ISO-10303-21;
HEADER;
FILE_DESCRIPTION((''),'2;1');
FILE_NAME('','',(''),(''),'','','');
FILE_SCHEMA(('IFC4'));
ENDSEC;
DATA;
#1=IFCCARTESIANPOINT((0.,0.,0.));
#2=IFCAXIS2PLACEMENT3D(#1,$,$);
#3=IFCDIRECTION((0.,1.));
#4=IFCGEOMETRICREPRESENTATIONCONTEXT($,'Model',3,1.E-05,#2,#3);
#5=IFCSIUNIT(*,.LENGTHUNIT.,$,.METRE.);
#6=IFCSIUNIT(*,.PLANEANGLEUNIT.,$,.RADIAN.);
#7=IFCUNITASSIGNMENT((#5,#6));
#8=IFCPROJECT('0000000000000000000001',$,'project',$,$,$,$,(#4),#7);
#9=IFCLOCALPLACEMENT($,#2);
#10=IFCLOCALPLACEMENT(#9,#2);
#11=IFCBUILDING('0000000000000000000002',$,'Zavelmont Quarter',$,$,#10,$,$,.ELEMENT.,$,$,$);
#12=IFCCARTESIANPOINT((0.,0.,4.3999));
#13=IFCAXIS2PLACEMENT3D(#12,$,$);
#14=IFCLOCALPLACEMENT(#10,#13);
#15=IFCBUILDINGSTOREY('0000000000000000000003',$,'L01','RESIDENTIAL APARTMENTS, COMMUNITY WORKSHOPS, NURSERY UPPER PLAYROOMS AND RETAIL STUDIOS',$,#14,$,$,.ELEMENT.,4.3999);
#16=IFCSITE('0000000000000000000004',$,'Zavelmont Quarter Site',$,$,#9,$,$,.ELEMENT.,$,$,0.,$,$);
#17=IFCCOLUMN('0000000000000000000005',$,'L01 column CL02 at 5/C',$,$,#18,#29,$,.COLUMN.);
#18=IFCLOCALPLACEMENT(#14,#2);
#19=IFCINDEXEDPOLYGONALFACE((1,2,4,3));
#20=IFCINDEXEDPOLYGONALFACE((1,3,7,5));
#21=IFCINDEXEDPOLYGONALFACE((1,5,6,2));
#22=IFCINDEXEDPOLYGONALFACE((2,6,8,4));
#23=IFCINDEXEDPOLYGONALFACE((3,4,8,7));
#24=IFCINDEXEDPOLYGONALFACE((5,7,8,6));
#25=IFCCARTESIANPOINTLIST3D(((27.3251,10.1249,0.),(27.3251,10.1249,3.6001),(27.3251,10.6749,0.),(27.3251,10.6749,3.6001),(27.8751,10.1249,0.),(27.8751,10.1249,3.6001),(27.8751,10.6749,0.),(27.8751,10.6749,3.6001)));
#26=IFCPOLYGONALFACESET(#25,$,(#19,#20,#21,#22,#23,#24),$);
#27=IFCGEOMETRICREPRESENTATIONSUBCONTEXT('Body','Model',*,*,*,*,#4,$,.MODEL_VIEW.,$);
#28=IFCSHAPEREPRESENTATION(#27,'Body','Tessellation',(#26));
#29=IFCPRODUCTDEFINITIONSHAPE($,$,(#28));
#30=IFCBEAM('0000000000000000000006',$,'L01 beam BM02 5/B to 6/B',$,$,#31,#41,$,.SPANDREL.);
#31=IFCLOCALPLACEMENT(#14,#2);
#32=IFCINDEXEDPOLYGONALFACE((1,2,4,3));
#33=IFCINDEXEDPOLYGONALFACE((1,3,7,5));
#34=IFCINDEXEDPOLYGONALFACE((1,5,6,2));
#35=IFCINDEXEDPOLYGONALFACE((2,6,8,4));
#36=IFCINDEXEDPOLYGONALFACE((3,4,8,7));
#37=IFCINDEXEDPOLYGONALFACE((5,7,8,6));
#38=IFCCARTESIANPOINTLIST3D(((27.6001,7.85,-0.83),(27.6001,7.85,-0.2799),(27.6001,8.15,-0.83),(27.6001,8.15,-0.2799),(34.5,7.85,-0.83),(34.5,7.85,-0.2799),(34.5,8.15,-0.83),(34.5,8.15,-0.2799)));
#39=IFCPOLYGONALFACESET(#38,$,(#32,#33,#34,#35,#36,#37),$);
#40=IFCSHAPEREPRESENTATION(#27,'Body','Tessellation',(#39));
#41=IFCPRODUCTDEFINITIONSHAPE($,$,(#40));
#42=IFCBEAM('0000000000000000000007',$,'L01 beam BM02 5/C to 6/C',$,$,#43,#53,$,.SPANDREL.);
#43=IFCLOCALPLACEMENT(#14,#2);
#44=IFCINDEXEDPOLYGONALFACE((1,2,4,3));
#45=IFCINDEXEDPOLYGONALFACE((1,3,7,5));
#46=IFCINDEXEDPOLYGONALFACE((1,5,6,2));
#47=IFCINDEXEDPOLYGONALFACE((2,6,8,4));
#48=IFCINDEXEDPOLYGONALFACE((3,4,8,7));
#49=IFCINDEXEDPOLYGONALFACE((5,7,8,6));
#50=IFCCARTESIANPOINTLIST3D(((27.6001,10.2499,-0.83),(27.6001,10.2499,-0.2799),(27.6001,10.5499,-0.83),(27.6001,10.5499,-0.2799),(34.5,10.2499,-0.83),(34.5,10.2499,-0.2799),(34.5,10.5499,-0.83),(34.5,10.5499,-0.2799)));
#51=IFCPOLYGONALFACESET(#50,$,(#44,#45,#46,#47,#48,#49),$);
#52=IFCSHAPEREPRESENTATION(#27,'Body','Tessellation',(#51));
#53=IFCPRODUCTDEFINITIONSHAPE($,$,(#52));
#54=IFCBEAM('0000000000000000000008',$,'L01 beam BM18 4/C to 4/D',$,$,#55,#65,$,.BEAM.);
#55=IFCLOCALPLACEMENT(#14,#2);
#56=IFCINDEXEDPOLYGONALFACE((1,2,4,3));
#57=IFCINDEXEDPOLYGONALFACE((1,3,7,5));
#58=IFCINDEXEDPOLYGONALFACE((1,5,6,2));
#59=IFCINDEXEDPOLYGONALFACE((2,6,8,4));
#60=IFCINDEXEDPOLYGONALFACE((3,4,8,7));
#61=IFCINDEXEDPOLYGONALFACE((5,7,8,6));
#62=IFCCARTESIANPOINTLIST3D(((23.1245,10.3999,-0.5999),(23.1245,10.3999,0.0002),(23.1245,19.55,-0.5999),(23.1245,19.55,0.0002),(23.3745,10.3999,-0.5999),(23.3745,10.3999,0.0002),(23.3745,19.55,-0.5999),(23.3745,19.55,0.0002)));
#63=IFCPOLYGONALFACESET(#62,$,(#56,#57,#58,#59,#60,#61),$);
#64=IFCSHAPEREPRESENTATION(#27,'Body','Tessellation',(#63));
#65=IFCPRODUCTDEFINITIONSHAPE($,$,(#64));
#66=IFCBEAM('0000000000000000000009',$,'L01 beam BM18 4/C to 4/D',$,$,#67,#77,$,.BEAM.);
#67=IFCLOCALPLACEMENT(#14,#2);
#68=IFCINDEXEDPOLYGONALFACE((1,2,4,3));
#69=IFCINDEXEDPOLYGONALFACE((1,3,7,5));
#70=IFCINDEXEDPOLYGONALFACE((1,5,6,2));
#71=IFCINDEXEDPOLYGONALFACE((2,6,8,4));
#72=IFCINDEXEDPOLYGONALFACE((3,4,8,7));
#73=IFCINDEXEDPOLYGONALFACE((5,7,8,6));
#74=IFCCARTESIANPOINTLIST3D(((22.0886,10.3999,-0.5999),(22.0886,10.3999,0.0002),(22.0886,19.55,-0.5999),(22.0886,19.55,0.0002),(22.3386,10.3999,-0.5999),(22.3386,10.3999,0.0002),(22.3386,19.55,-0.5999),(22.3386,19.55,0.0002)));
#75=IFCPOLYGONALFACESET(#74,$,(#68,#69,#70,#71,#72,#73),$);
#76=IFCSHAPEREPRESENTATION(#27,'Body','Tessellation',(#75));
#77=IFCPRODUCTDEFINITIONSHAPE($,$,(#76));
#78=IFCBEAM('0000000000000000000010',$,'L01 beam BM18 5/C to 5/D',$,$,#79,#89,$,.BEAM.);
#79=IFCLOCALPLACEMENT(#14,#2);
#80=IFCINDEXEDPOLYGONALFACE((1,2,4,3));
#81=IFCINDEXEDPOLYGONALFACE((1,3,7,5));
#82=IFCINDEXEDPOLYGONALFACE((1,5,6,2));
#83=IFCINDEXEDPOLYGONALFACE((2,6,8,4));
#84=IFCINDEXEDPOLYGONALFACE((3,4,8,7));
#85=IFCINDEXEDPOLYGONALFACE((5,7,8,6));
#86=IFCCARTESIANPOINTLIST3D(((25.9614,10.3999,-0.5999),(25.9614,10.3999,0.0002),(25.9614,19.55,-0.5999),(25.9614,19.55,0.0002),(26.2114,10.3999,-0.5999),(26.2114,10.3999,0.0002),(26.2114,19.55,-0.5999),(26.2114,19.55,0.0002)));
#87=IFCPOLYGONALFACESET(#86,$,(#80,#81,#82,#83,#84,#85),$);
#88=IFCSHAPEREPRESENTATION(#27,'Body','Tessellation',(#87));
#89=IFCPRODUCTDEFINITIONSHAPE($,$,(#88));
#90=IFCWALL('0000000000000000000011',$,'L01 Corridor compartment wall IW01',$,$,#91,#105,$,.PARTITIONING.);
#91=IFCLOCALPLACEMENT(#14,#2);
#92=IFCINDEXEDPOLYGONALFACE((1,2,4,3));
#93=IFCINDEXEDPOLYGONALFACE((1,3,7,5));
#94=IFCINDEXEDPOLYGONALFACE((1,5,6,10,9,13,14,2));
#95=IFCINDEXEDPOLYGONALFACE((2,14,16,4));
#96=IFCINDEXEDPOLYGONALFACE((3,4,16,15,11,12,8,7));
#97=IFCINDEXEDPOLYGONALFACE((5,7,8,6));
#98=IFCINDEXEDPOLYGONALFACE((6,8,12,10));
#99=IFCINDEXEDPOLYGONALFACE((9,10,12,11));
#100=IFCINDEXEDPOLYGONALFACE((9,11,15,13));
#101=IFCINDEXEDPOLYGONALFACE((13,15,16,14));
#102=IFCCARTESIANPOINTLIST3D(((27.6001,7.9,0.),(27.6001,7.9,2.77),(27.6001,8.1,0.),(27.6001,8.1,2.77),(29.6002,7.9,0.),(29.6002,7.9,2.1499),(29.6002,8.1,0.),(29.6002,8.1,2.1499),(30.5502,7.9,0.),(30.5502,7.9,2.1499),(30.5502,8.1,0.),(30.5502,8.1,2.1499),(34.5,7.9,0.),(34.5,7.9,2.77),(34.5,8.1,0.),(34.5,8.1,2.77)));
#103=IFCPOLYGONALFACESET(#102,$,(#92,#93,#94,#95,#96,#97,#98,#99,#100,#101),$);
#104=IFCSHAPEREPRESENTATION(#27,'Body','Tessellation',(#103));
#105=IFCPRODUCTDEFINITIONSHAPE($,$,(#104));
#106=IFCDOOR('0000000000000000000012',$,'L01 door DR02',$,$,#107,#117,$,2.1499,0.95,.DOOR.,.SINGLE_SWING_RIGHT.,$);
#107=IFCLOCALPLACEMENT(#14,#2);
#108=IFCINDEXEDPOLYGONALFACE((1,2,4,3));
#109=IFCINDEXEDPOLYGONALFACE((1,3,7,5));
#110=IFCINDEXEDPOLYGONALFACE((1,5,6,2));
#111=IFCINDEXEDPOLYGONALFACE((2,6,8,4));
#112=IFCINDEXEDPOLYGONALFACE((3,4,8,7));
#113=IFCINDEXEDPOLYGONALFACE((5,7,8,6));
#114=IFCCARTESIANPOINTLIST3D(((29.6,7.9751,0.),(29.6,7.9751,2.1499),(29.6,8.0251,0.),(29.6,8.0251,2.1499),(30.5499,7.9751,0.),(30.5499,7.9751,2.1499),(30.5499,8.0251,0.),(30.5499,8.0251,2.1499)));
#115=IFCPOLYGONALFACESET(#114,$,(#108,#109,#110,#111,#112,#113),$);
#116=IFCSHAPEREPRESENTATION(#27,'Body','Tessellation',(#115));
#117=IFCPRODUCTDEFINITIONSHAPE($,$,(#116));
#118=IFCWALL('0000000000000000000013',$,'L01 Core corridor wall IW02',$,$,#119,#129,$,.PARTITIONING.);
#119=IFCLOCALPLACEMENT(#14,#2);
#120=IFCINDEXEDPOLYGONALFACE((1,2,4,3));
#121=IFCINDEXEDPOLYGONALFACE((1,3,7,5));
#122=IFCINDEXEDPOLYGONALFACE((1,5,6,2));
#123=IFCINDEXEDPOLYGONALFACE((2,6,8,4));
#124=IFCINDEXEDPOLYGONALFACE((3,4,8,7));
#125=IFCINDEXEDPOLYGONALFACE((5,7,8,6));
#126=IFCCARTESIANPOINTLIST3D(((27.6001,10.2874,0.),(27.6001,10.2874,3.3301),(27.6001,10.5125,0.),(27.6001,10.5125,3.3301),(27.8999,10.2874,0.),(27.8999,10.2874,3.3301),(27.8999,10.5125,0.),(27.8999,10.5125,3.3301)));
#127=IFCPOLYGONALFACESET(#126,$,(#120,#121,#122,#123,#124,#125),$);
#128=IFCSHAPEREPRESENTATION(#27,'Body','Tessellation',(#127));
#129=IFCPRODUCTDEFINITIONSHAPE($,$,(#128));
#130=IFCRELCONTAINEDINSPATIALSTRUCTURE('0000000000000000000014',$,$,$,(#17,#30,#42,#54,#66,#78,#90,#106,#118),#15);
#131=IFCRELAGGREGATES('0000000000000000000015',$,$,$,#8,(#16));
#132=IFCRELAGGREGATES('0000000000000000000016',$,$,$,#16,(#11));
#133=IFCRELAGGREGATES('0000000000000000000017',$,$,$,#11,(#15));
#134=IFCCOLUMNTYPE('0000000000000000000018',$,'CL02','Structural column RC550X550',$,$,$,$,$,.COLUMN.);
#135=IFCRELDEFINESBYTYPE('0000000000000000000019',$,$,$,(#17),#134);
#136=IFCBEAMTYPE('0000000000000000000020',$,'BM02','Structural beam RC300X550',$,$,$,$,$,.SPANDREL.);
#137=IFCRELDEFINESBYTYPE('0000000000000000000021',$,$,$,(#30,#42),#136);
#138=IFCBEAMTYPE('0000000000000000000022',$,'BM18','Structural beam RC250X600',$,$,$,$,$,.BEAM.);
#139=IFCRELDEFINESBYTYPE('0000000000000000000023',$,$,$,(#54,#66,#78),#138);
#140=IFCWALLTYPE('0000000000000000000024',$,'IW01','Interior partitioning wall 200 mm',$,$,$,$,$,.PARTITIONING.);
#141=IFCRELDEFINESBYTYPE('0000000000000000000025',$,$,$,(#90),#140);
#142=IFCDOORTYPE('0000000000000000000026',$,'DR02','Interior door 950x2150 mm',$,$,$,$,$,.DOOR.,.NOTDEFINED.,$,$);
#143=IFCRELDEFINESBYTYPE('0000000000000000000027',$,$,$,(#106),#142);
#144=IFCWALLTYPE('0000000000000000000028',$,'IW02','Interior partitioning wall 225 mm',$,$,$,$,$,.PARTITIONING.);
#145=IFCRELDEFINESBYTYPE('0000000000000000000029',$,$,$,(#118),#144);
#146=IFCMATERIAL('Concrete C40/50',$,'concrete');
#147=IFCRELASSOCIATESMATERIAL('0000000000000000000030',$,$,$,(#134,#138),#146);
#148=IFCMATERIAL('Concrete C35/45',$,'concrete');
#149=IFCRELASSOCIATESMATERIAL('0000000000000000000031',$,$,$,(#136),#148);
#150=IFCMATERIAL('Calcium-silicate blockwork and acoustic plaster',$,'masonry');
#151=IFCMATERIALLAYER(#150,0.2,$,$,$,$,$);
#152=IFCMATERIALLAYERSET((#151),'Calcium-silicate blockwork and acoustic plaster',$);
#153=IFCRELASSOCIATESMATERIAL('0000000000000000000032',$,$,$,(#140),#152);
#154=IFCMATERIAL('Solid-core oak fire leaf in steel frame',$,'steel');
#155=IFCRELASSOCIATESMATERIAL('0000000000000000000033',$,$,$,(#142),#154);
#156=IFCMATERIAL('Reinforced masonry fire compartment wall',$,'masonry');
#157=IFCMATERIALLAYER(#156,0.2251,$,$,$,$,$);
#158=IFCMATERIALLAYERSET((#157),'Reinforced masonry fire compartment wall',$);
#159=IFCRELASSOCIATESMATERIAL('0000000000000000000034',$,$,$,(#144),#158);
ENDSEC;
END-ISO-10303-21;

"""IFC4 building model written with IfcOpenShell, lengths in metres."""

from ifc_helpers import new_model, si_unit, direction, frame, frame_2d, origin, origin_2d, place, context, subcontext, project, spatial, rectangle, extrude, material, layer, layer_set, material_profile, profile_set, type_object, element, fill, save


model = new_model("IFC4")

# Units and contexts
model_context = context("Model", 3, precision=1e-05, world=origin(), true_north=direction((0.0, 1.0)))
body_context = subcontext(model_context, "Body", "Model", "MODEL_VIEW")
ifc_project = project(units=[si_unit("LENGTHUNIT", "METRE"), si_unit("PLANEANGLEUNIT", "RADIAN")], contexts=[model_context])

# Site, building, storey
site_placement = place(None, origin())
site = spatial("IfcSite", under=ifc_project, at=site_placement, Name="Zavelmont Quarter Site", CompositionType="ELEMENT", RefElevation=0.0)
building_placement = place(site_placement, origin())
building = spatial("IfcBuilding", under=site, at=building_placement, Name="Zavelmont Quarter", CompositionType="ELEMENT")
storey_placement = place(building_placement, frame((0.0, 0.0, 4.3999)))
storey = spatial("IfcBuildingStorey", under=building, at=storey_placement, Name="L01", Description="RESIDENTIAL APARTMENTS, COMMUNITY WORKSHOPS, NURSERY UPPER PLAYROOMS AND RETAIL STUDIOS", CompositionType="ELEMENT", Elevation=4.3999)

# Column
ifc_material_1 = material(Name="Concrete C40/50", Category="concrete")
ifc_material_profile_1 = material_profile(ifc_material_1, rectangle(XDim=0.55, YDim=0.55, at=origin_2d()), Name="RC550X550")
ifc_profile_set_1 = profile_set([ifc_material_profile_1], Name="Concrete C40/50")
column_type = type_object("IfcColumnType", Name="CL02", Description="Structural column RC550X550", PredefinedType="COLUMN", material=ifc_profile_set_1)
column_placement = place(storey_placement, frame((27.6001, 10.3999, 0.0), z_axis=(0.0, 0.0, 1.0), x_axis=(1.0, 0.0, 0.0)))
element("IfcColumn", 1, at=column_placement, inside=storey, type_object=column_type, Name="L01 column CL02 at 5/C", PredefinedType="COLUMN", context=body_context, shape_type="SweptSolid", body=[
    extrude(rectangle(XDim=0.55, YDim=0.55, at=origin_2d()), origin(), (0.0, 0.0, 1.0), 3.6001),
])

# Beams
ifc_material_2 = material(Name="Concrete C35/45", Category="concrete")
ifc_material_profile_2 = material_profile(ifc_material_2, rectangle(XDim=0.3, YDim=0.55, at=origin_2d()), Name="RC300X550")
ifc_profile_set_2 = profile_set([ifc_material_profile_2], Name="Concrete C35/45")
beam_type_1 = type_object("IfcBeamType", Name="BM02", Description="Structural beam RC300X550", PredefinedType="SPANDREL", material=ifc_profile_set_2)
for number, where, z_axis, x_axis, name in (
    (2, (27.6001, 8.0, -0.5549), (1.0, 0.0, 0.0), (0.0, 1.0, 0.0), "L01 beam BM02 5/B to 6/B"),
    (3, (27.6001, 10.3999, -0.5549), (1.0, 0.0, 0.0), (0.0, 1.0, 0.0), "L01 beam BM02 5/C to 6/C"),
):
    element("IfcBeam", number, at=place(storey_placement, frame(where, z_axis=z_axis, x_axis=x_axis)), inside=storey, type_object=beam_type_1, Name=name, PredefinedType="SPANDREL", context=body_context, shape_type="SweptSolid", body=[
        extrude(rectangle(XDim=0.3, YDim=0.55, at=origin_2d()), origin(), (0.0, 0.0, 1.0), 6.8999),
    ])
ifc_material_profile_3 = material_profile(ifc_material_1, rectangle(XDim=0.25, YDim=0.6001, at=origin_2d()), Name="RC250X600")
ifc_profile_set_3 = profile_set([ifc_material_profile_3], Name="Concrete C40/50")
beam_type_2 = type_object("IfcBeamType", Name="BM18", Description="Structural beam RC250X600", PredefinedType="BEAM", material=ifc_profile_set_3)
for number, where, z_axis, x_axis, name in (
    (4, (23.2495, 10.3999, -0.2998), (0.0, 1.0, 0.0), (-1.0, 0.0, 0.0), "L01 beam BM18 4/C to 4/D"),
    (5, (22.2136, 10.3999, -0.2998), (0.0, 1.0, 0.0), (-1.0, 0.0, 0.0), "L01 beam BM18 4/C to 4/D"),
    (6, (26.0864, 10.3999, -0.2998), (0.0, 1.0, 0.0), (-1.0, 0.0, 0.0), "L01 beam BM18 5/C to 5/D"),
):
    element("IfcBeam", number, at=place(storey_placement, frame(where, z_axis=z_axis, x_axis=x_axis)), inside=storey, type_object=beam_type_2, Name=name, PredefinedType="BEAM", context=body_context, shape_type="SweptSolid", body=[
        extrude(rectangle(XDim=0.25, YDim=0.6001, at=origin_2d()), origin(), (0.0, 0.0, 1.0), 9.1501),
    ])

# Wall, opening, door
ifc_material_3 = material(Name="Calcium-silicate blockwork and acoustic plaster", Category="masonry")
ifc_layer_1 = layer(ifc_material_3, 0.2)
ifc_layer_set_1 = layer_set([ifc_layer_1], Name="Calcium-silicate blockwork and acoustic plaster")
wall_type_1 = type_object("IfcWallType", Name="IW01", Description="Interior partitioning wall 200 mm", PredefinedType="PARTITIONING", material=ifc_layer_set_1)
wall_1_placement = place(storey_placement, frame((27.6001, 8.0, 0.0), z_axis=(0.0, 0.0, 1.0), x_axis=(1.0, 0.0, 0.0)))
wall_1 = element("IfcWall", 7, at=wall_1_placement, inside=storey, type_object=wall_type_1, Name="L01 Corridor compartment wall IW01", PredefinedType="PARTITIONING", context=body_context, shape_type="SweptSolid", body=[
    extrude(rectangle(XDim=6.8999, YDim=0.2, at=frame_2d((3.45, 0.0))), origin(), (0.0, 0.0, 1.0), 2.77),
])
opening_1_placement = place(wall_1_placement, frame((2.0, 0.0, 0.0)))
opening_1 = element("IfcOpeningElement", 8, at=opening_1_placement, cuts=wall_1, PredefinedType="OPENING", context=body_context, shape_type="SweptSolid", body=[
    extrude(rectangle(XDim=0.95, YDim=2.1499, at=frame_2d((0.4751, 1.075))), frame((0.0, 0.1118, 0.0), z_axis=(0.0, -1.0, 0.0), x_axis=(1.0, 0.0, 0.0)), (0.0, 0.0, 1.0), 0.2239),
])
ifc_material_4 = material(Name="Solid-core oak fire leaf in steel frame", Category="steel")
door_type_1 = type_object("IfcDoorType", Name="DR02", Description="Interior door 950x2150 mm", OperationType="NOTDEFINED", PredefinedType="DOOR", material=ifc_material_4)
door_1_placement = place(opening_1_placement, frame((0.95, 0.0, 0.0), z_axis=(0.0, 0.0, 1.0), x_axis=(-1.0, 0.0, 0.0)))
door_1 = element("IfcDoor", 9, at=door_1_placement, inside=storey, type_object=door_type_1, Name="L01 door DR02", OperationType="SINGLE_SWING_RIGHT", OverallHeight=2.1499, OverallWidth=0.95, PredefinedType="DOOR", context=body_context, shape_type="SweptSolid", body=[
    extrude(rectangle(XDim=0.95, YDim=2.1499, at=frame_2d((0.4751, 1.075))), frame((0.0, 0.0249, 0.0), z_axis=(0.0, -1.0, 0.0), x_axis=(1.0, 0.0, 0.0)), (0.0, 0.0, 1.0), 0.05),
])
fill(opening_1, door_1)

# Wall
ifc_material_5 = material(Name="Reinforced masonry fire compartment wall", Category="masonry")
ifc_layer_2 = layer(ifc_material_5, 0.2251)
ifc_layer_set_2 = layer_set([ifc_layer_2], Name="Reinforced masonry fire compartment wall")
wall_type_2 = type_object("IfcWallType", Name="IW02", Description="Interior partitioning wall 225 mm", PredefinedType="PARTITIONING", material=ifc_layer_set_2)
wall_2_placement = place(storey_placement, frame((27.6001, 10.3999, 0.0), z_axis=(0.0, 0.0, 1.0), x_axis=(1.0, 0.0, 0.0)))
element("IfcWall", 10, at=wall_2_placement, inside=storey, type_object=wall_type_2, Name="L01 Core corridor wall IW02", PredefinedType="PARTITIONING", context=body_context, shape_type="SweptSolid", body=[
    extrude(rectangle(XDim=0.2998, YDim=0.2251, at=frame_2d((0.1499, 0.0))), origin(), (0.0, 0.0, 1.0), 3.3301),
])

save(model, "model.ifc")
